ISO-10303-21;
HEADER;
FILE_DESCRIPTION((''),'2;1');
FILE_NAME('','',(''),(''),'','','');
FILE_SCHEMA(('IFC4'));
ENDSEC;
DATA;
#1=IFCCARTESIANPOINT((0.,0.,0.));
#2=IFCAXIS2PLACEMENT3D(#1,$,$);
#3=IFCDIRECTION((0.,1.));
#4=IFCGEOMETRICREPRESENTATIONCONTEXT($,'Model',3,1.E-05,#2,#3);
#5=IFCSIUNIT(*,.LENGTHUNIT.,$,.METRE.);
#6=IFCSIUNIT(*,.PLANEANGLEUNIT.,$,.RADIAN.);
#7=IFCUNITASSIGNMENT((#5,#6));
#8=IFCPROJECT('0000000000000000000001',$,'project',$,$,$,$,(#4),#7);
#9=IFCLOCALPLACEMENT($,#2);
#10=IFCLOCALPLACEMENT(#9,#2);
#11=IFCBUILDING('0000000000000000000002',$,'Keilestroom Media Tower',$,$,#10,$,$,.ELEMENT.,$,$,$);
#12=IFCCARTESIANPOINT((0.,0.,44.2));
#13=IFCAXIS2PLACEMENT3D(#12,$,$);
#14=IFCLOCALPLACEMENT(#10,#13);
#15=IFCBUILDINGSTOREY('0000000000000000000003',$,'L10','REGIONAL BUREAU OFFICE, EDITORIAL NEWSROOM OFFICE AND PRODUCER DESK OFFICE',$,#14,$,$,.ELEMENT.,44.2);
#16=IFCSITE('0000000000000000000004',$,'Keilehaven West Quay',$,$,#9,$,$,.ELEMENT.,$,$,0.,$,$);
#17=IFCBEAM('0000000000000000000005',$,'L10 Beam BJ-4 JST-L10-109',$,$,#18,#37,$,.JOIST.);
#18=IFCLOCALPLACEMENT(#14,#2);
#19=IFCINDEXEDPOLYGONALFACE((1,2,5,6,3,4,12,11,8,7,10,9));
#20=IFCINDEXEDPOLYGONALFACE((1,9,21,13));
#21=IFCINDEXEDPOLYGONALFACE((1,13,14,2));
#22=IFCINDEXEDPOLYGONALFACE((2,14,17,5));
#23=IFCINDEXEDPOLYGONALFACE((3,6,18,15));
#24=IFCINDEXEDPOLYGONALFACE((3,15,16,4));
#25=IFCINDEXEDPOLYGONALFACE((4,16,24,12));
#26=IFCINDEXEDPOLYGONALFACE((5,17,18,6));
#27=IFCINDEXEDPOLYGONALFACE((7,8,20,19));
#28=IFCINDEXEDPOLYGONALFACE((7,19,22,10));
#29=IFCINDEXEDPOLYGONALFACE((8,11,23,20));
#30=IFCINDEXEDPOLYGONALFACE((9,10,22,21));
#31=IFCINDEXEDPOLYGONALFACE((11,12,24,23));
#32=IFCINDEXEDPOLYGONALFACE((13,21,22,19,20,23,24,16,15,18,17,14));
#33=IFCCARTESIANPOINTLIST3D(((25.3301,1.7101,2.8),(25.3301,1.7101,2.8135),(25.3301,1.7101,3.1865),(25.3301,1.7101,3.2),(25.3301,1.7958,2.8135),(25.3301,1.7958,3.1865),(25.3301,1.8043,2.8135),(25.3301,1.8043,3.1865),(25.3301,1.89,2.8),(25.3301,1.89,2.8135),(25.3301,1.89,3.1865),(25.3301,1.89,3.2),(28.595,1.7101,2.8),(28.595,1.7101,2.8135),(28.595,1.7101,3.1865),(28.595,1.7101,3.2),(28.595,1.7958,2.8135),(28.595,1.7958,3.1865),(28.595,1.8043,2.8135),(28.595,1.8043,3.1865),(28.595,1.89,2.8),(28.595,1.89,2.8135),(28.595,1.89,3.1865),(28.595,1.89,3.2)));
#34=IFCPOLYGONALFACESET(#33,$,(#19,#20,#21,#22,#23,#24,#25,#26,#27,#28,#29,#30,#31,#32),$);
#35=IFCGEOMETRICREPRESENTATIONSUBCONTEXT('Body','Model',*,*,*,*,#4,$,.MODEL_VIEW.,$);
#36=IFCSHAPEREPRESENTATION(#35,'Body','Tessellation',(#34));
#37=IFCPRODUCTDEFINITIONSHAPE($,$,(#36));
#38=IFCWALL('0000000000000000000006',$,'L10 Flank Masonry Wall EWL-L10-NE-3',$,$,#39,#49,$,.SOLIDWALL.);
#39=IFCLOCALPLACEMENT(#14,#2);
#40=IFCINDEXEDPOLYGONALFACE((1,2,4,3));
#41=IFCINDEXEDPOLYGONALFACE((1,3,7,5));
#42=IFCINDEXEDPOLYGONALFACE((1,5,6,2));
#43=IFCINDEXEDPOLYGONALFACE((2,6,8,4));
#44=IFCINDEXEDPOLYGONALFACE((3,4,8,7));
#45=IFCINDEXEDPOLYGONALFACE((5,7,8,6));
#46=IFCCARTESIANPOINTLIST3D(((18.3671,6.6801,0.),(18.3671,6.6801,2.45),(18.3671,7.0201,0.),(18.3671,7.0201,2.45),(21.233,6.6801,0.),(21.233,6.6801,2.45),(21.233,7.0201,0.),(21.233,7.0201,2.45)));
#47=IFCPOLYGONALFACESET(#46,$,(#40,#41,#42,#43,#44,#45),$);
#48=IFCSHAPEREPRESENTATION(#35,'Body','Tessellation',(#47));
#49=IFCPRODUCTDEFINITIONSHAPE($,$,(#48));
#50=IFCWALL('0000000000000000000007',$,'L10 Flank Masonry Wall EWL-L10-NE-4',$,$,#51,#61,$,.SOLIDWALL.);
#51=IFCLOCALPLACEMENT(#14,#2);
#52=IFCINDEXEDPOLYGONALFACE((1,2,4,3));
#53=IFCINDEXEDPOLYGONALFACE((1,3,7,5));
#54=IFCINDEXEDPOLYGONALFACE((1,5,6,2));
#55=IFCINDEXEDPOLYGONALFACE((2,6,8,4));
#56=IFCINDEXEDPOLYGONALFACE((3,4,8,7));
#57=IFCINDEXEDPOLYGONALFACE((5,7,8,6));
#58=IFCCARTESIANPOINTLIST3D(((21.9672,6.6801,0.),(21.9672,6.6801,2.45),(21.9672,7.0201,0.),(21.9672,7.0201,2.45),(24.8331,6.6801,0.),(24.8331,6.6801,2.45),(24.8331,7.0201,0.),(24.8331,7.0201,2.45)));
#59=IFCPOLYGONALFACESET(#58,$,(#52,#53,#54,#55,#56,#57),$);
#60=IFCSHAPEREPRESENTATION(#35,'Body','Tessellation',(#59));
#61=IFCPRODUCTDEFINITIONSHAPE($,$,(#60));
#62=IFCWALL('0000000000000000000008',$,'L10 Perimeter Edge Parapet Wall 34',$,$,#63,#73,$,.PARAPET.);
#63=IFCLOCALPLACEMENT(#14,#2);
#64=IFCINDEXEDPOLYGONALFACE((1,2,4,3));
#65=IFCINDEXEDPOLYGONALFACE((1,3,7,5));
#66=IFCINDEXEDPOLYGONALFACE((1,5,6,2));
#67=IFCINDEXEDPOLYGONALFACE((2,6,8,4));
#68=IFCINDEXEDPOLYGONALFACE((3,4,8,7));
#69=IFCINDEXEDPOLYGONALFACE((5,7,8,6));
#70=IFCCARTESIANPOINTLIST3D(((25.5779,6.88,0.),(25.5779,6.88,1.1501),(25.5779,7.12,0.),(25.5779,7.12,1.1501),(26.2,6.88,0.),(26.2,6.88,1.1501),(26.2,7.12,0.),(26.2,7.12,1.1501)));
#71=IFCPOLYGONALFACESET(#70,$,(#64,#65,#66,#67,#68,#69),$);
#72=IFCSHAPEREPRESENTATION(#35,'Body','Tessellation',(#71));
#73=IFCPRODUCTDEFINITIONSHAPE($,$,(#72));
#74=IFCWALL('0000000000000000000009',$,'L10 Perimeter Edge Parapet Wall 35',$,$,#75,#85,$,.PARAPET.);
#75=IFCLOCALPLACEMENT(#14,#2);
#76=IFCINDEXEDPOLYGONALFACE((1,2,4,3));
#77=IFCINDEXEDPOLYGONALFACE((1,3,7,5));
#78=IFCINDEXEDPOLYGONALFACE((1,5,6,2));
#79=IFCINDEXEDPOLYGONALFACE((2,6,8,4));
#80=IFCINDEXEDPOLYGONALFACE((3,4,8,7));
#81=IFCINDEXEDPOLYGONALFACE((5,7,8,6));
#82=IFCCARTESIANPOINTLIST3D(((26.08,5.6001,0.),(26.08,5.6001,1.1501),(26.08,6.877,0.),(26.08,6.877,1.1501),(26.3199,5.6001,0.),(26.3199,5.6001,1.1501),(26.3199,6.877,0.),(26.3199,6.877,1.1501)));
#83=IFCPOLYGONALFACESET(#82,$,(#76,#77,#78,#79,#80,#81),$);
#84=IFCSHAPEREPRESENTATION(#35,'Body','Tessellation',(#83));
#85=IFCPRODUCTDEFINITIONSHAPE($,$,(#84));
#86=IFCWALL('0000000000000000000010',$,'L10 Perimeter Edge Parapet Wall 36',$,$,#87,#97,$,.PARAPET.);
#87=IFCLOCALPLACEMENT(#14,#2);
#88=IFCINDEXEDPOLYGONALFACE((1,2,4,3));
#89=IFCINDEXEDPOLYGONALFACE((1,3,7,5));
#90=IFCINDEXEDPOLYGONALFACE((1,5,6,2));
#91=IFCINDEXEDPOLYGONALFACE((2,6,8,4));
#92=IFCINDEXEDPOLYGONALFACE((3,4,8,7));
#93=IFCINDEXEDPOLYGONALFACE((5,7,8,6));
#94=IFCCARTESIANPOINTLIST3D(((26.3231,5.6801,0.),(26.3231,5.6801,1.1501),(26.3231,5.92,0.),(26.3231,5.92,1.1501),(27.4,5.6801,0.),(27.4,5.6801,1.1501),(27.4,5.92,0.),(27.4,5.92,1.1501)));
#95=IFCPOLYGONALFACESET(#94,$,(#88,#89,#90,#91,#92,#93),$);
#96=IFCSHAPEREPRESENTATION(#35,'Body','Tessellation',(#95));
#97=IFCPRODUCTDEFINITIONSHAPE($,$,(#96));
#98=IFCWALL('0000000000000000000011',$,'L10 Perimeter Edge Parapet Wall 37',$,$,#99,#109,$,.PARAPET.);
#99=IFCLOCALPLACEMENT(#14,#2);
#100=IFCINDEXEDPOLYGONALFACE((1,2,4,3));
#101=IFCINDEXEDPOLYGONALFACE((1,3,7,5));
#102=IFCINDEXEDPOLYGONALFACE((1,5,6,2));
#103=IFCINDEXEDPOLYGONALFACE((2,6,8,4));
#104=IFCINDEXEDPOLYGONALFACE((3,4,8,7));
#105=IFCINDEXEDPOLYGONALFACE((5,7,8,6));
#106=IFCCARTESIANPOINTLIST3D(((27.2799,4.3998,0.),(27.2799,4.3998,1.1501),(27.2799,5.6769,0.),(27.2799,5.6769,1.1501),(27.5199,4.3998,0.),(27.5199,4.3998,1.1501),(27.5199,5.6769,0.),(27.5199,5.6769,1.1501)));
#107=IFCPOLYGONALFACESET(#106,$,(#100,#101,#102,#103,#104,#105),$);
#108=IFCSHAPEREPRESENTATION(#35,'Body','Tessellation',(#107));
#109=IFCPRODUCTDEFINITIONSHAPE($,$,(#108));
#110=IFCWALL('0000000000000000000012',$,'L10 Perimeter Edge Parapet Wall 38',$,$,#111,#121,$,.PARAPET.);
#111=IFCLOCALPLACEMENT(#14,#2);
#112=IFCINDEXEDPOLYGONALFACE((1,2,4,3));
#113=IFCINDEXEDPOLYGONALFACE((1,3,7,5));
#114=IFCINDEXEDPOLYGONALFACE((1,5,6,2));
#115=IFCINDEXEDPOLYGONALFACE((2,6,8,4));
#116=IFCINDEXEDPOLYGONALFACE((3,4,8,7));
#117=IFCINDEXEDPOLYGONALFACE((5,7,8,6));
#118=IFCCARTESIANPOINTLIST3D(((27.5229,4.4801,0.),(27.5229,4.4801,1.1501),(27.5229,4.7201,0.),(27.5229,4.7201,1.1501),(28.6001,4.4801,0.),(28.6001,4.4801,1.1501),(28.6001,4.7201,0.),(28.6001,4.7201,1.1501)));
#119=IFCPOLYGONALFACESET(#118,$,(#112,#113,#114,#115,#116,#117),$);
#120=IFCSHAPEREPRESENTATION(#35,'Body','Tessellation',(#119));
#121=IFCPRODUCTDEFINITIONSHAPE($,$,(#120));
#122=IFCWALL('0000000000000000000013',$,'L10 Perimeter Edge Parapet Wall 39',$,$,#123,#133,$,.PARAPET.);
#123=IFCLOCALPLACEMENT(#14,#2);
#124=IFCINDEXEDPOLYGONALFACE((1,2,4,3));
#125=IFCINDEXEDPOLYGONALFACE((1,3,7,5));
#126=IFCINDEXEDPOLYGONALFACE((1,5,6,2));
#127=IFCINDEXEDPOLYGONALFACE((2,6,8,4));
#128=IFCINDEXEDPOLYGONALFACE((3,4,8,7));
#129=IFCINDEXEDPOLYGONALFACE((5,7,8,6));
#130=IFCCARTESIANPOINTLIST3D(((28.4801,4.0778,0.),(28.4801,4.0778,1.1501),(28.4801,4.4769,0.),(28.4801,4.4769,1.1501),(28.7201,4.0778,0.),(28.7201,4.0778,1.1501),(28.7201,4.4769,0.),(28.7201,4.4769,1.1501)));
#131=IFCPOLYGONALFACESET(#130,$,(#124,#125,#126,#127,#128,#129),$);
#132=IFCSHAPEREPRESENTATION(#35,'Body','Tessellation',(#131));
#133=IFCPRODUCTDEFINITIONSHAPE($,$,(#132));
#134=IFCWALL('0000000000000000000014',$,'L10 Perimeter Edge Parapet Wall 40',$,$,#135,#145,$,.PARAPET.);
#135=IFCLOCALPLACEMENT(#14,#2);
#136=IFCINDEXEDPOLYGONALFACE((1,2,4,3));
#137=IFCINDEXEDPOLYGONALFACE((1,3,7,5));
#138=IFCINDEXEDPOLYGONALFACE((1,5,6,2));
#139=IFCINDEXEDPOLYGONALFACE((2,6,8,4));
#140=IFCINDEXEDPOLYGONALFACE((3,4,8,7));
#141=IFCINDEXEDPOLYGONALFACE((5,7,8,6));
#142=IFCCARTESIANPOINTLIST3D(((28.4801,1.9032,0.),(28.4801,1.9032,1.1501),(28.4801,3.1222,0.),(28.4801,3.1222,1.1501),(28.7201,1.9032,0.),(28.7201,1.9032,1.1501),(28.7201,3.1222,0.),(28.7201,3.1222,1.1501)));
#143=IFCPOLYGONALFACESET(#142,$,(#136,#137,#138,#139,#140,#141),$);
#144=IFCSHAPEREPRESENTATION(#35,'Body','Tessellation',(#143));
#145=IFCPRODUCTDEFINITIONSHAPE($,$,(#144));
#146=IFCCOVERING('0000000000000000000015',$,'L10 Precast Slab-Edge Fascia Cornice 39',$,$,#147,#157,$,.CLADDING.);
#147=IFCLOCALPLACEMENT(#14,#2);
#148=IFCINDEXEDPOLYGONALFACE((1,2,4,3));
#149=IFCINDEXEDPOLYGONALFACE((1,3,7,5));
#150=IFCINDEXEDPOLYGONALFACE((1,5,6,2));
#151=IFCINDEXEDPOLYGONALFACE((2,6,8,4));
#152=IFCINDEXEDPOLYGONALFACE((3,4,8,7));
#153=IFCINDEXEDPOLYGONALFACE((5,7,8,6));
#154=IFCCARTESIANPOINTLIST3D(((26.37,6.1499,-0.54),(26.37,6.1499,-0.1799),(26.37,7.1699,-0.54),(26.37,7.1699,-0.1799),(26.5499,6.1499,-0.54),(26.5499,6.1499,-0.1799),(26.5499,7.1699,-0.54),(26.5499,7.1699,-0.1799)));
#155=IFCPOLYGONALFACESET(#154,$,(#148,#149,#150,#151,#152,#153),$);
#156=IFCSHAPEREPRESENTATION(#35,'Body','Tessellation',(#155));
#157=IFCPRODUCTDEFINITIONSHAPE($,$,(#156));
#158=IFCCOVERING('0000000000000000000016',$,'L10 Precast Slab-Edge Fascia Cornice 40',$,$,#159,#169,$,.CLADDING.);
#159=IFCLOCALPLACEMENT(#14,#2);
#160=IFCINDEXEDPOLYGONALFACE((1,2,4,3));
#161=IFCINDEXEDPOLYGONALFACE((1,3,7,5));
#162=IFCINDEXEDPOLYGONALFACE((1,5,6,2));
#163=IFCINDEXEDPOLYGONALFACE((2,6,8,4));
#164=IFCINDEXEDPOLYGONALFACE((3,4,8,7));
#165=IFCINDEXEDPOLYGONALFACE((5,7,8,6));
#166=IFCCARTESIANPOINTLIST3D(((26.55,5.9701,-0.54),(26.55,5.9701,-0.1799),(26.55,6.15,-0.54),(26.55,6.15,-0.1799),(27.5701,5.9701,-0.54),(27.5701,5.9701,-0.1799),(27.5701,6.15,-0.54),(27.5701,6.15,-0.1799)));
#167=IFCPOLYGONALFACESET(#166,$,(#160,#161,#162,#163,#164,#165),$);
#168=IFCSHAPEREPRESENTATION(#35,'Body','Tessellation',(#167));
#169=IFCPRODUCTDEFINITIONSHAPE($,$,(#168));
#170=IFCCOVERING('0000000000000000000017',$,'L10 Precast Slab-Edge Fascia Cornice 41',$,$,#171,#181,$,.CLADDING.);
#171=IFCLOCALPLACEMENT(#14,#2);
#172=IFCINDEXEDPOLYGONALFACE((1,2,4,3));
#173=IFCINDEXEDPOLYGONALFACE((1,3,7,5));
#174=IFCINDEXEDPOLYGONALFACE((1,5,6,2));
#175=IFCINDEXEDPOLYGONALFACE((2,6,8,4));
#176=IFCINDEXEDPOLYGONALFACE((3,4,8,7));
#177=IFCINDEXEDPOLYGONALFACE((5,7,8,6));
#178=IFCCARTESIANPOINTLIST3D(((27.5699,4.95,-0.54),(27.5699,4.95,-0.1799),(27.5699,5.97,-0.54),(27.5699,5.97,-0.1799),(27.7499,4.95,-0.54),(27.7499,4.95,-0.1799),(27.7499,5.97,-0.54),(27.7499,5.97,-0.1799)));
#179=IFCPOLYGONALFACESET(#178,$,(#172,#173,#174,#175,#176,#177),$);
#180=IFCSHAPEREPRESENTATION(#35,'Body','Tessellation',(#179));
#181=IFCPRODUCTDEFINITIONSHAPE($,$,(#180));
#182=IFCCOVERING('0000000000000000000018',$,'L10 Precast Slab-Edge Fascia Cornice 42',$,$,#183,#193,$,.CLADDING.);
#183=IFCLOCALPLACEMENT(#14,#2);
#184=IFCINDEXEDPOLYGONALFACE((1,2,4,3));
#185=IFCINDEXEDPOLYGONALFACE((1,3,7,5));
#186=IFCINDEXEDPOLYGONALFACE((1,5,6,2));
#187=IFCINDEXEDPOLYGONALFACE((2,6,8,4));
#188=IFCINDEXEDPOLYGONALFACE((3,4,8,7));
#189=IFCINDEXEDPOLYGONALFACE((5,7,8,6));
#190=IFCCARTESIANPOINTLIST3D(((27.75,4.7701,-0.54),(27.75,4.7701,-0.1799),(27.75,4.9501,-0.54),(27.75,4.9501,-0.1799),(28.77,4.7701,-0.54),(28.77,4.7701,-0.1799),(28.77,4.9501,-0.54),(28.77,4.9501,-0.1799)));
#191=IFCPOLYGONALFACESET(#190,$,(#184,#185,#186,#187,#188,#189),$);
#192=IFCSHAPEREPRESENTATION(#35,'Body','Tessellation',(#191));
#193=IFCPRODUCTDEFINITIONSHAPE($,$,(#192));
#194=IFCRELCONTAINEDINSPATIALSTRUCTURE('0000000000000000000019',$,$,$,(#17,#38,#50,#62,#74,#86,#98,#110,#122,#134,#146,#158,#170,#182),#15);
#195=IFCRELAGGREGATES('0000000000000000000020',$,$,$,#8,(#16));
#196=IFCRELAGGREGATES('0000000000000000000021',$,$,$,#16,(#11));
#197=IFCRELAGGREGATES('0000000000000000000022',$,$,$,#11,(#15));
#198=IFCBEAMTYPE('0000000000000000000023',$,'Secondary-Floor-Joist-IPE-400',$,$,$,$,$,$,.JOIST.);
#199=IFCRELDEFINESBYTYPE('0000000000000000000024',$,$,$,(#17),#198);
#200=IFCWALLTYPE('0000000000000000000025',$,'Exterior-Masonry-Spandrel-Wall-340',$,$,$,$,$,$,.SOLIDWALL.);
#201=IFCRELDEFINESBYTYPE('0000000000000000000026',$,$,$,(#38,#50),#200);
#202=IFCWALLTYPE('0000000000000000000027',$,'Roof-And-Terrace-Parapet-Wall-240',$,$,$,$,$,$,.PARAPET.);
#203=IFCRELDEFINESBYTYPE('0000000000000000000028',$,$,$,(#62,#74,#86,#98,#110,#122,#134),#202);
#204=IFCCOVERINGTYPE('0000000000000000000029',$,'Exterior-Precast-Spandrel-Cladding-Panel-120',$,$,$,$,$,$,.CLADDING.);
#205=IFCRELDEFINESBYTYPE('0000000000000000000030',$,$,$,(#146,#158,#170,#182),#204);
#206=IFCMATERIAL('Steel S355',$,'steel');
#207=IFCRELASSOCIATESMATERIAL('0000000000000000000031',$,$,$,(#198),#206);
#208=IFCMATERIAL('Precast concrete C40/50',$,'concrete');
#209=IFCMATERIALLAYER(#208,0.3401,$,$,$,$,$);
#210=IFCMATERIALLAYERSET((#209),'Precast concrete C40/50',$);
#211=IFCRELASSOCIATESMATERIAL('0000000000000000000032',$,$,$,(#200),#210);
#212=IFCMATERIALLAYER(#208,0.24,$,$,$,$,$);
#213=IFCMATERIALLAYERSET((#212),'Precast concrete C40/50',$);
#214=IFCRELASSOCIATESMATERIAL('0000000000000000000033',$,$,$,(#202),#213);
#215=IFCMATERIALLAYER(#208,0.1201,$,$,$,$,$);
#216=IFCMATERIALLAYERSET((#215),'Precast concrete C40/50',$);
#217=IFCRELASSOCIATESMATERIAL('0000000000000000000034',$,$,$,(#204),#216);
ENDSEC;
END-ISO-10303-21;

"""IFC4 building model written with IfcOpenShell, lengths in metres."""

from ifc_helpers import new_model, si_unit, direction, frame, frame_2d, origin, origin_2d, place, context, subcontext, project, spatial, rectangle, i_section, extrude, source, transform, mapped, material, layer, layer_set, material_profile, profile_set, type_object, element, save


model = new_model("IFC4")

# Units and contexts
model_context = context("Model", 3, precision=1e-05, world=origin(), true_north=direction((0.0, 1.0)))
body_context = subcontext(model_context, "Body", "Model", "MODEL_VIEW")
ifc_project = project(units=[si_unit("LENGTHUNIT", "METRE"), si_unit("PLANEANGLEUNIT", "RADIAN")], contexts=[model_context])

# Site, building, storey
site_placement = place(None, origin())
site = spatial("IfcSite", under=ifc_project, at=site_placement, Name="Keilehaven West Quay", CompositionType="ELEMENT", RefElevation=0.0)
building_placement = place(site_placement, origin())
building = spatial("IfcBuilding", under=site, at=building_placement, Name="Keilestroom Media Tower", CompositionType="ELEMENT")
storey_placement = place(building_placement, frame((0.0, 0.0, 44.2)))
storey = spatial("IfcBuildingStorey", under=building, at=storey_placement, Name="L10", Description="REGIONAL BUREAU OFFICE, EDITORIAL NEWSROOM OFFICE AND PRODUCER DESK OFFICE", CompositionType="ELEMENT", Elevation=44.2)

# Shared definitions
ifc_material_1 = material(Name="Precast concrete C40/50", Category="concrete")

# Beam
ifc_material_2 = material(Name="Steel S355", Category="steel")
ifc_material_profile_1 = material_profile(ifc_material_2, i_section(OverallWidth=0.1799, OverallDepth=0.3999, WebThickness=0.0085, FlangeThickness=0.0134, at=origin_2d()), Name="IPE 400")
ifc_profile_set_1 = profile_set([ifc_material_profile_1], Name="Steel S355")
beam_type_1 = type_object("IfcBeamType", Name="Secondary-Floor-Joist-IPE-400", PredefinedType="JOIST", material=ifc_profile_set_1)
shared_shape_1 = source(origin(), body_context, "Body", "SweptSolid", [
    extrude(i_section(OverallWidth=0.1799, OverallDepth=0.3999, WebThickness=0.0085, FlangeThickness=0.0134, at=origin_2d()), origin(), (0.0, 0.0, 1.0), 3.2649),
])
for number, where, z_axis, x_axis, name in (
    (1, (25.3301, 1.8, 3.0), (1.0, 0.0, 0.0), (0.0, 1.0, 0.0), "L10 Beam BJ-4 JST-L10-109"),
):
    element("IfcBeam", number, at=place(storey_placement, frame(where, z_axis=z_axis, x_axis=x_axis)), inside=storey, type_object=beam_type_1, Name=name, PredefinedType="JOIST", context=body_context, shape_type="MappedRepresentation", body=[
        mapped(shared_shape_1, transform((0.0, 0.0, 0.0), x_axis=(1.0, 0.0, 0.0), y_axis=(0.0, 1.0, 0.0), z_axis=(0.0, 0.0, 1.0), scale=1.0)),
    ])

# Walls
ifc_layer_1 = layer(ifc_material_1, 0.3401)
ifc_layer_set_1 = layer_set([ifc_layer_1], Name="Precast concrete C40/50")
wall_type_1 = type_object("IfcWallType", Name="Exterior-Masonry-Spandrel-Wall-340", PredefinedType="SOLIDWALL", material=ifc_layer_set_1)
for number, where, z_axis, x_axis, name in (
    (2, (18.3669, 6.8501, 0.0), (0.0, 0.0, 1.0), (1.0, 0.0, 0.0), "L10 Flank Masonry Wall EWL-L10-NE-3"),
    (3, (21.967, 6.8501, 0.0), (0.0, 0.0, 1.0), (1.0, 0.0, 0.0), "L10 Flank Masonry Wall EWL-L10-NE-4"),
):
    element("IfcWall", number, at=place(storey_placement, frame(where, z_axis=z_axis, x_axis=x_axis)), inside=storey, type_object=wall_type_1, Name=name, PredefinedType="SOLIDWALL", context=body_context, shape_type="SweptSolid", body=[
        extrude(rectangle(XDim=2.866, YDim=0.3401, at=frame_2d((1.4331, 0.0))), origin(), (0.0, 0.0, 1.0), 2.45),
    ])
ifc_layer_2 = layer(ifc_material_1, 0.24)
ifc_layer_set_2 = layer_set([ifc_layer_2], Name="Precast concrete C40/50")
wall_type_2 = type_object("IfcWallType", Name="Roof-And-Terrace-Parapet-Wall-240", PredefinedType="PARAPET", material=ifc_layer_set_2)
wall_1_placement = place(storey_placement, frame((25.5779, 7.0, 0.0), z_axis=(0.0, 0.0, 1.0), x_axis=(1.0, 0.0, 0.0)))
element("IfcWall", 4, at=wall_1_placement, inside=storey, type_object=wall_type_2, Name="L10 Perimeter Edge Parapet Wall 34", PredefinedType="PARAPET", context=body_context, shape_type="SweptSolid", body=[
    extrude(rectangle(XDim=0.6221, YDim=0.24, at=frame_2d((0.311, 0.0))), origin(), (0.0, 0.0, 1.0), 1.1501),
])
wall_2_placement = place(storey_placement, frame((26.2, 6.877, 0.0), z_axis=(0.0, 0.0, 1.0), x_axis=(0.0, -1.0, 0.0)))
element("IfcWall", 5, at=wall_2_placement, inside=storey, type_object=wall_type_2, Name="L10 Perimeter Edge Parapet Wall 35", PredefinedType="PARAPET", context=body_context, shape_type="SweptSolid", body=[
    extrude(rectangle(XDim=1.2769, YDim=0.24, at=frame_2d((0.6384, 0.0))), origin(), (0.0, 0.0, 1.0), 1.1501),
])
wall_3_placement = place(storey_placement, frame((26.323, 5.8, 0.0), z_axis=(0.0, 0.0, 1.0), x_axis=(1.0, 0.0, 0.0)))
element("IfcWall", 6, at=wall_3_placement, inside=storey, type_object=wall_type_2, Name="L10 Perimeter Edge Parapet Wall 36", PredefinedType="PARAPET", context=body_context, shape_type="SweptSolid", body=[
    extrude(rectangle(XDim=1.0769, YDim=0.24, at=frame_2d((0.5386, 0.0))), origin(), (0.0, 0.0, 1.0), 1.1501),
])
wall_4_placement = place(storey_placement, frame((27.3999, 5.677, 0.0), z_axis=(0.0, 0.0, 1.0), x_axis=(0.0, -1.0, 0.0)))
element("IfcWall", 7, at=wall_4_placement, inside=storey, type_object=wall_type_2, Name="L10 Perimeter Edge Parapet Wall 37", PredefinedType="PARAPET", context=body_context, shape_type="SweptSolid", body=[
    extrude(rectangle(XDim=1.2771, YDim=0.24, at=frame_2d((0.6387, 0.0))), origin(), (0.0, 0.0, 1.0), 1.1501),
])
wall_5_placement = place(storey_placement, frame((27.5229, 4.6001, 0.0), z_axis=(0.0, 0.0, 1.0), x_axis=(1.0, 0.0, 0.0)))
element("IfcWall", 8, at=wall_5_placement, inside=storey, type_object=wall_type_2, Name="L10 Perimeter Edge Parapet Wall 38", PredefinedType="PARAPET", context=body_context, shape_type="SweptSolid", body=[
    extrude(rectangle(XDim=1.0771, YDim=0.24, at=frame_2d((0.5386, 0.0))), origin(), (0.0, 0.0, 1.0), 1.1501),
])
wall_6_placement = place(storey_placement, frame((28.6001, 4.4771, 0.0), z_axis=(0.0, 0.0, 1.0), x_axis=(0.0, -1.0, 0.0)))
element("IfcWall", 9, at=wall_6_placement, inside=storey, type_object=wall_type_2, Name="L10 Perimeter Edge Parapet Wall 39", PredefinedType="PARAPET", context=body_context, shape_type="SweptSolid", body=[
    extrude(rectangle(XDim=0.3992, YDim=0.24, at=frame_2d((0.1997, 0.0))), origin(), (0.0, 0.0, 1.0), 1.1501),
])
wall_7_placement = place(storey_placement, frame((28.6001, 3.1221, 0.0), z_axis=(0.0, 0.0, 1.0), x_axis=(0.0, -1.0, 0.0)))
element("IfcWall", 10, at=wall_7_placement, inside=storey, type_object=wall_type_2, Name="L10 Perimeter Edge Parapet Wall 40", PredefinedType="PARAPET", context=body_context, shape_type="SweptSolid", body=[
    extrude(rectangle(XDim=1.219, YDim=0.24, at=frame_2d((0.6094, 0.0))), origin(), (0.0, 0.0, 1.0), 1.1501),
])

# Coverings
ifc_layer_3 = layer(ifc_material_1, 0.1201)
ifc_layer_set_3 = layer_set([ifc_layer_3], Name="Precast concrete C40/50")
covering_type = type_object("IfcCoveringType", Name="Exterior-Precast-Spandrel-Cladding-Panel-120", PredefinedType="CLADDING", material=ifc_layer_set_3)
shared_shape_2 = source(origin(), body_context, "Body", "SweptSolid", [
    extrude(rectangle(XDim=1.02, YDim=0.1799, at=origin_2d()), origin(), (0.0, 0.0, 1.0), 0.3601),
])
for number, where, z_axis, x_axis, name in (
    (11, (26.46, 6.6599, -0.54), (0.0, 0.0, 1.0), (0.0, -1.0, 0.0), "L10 Precast Slab-Edge Fascia Cornice 39"),
    (12, (27.0601, 6.0601, -0.54), (0.0, 0.0, 1.0), (1.0, 0.0, 0.0), "L10 Precast Slab-Edge Fascia Cornice 40"),
    (13, (27.6599, 5.46, -0.54), (0.0, 0.0, 1.0), (0.0, -1.0, 0.0), "L10 Precast Slab-Edge Fascia Cornice 41"),
    (14, (28.26, 4.8601, -0.54), (0.0, 0.0, 1.0), (1.0, 0.0, 0.0), "L10 Precast Slab-Edge Fascia Cornice 42"),
):
    element("IfcCovering", number, at=place(storey_placement, frame(where, z_axis=z_axis, x_axis=x_axis)), inside=storey, type_object=covering_type, Name=name, PredefinedType="CLADDING", context=body_context, shape_type="MappedRepresentation", body=[
        mapped(shared_shape_2, transform((0.0, 0.0, 0.0), x_axis=(1.0, 0.0, 0.0), y_axis=(0.0, 1.0, 0.0), z_axis=(0.0, 0.0, 1.0), scale=1.0)),
    ])

save(model, "model.ifc")
